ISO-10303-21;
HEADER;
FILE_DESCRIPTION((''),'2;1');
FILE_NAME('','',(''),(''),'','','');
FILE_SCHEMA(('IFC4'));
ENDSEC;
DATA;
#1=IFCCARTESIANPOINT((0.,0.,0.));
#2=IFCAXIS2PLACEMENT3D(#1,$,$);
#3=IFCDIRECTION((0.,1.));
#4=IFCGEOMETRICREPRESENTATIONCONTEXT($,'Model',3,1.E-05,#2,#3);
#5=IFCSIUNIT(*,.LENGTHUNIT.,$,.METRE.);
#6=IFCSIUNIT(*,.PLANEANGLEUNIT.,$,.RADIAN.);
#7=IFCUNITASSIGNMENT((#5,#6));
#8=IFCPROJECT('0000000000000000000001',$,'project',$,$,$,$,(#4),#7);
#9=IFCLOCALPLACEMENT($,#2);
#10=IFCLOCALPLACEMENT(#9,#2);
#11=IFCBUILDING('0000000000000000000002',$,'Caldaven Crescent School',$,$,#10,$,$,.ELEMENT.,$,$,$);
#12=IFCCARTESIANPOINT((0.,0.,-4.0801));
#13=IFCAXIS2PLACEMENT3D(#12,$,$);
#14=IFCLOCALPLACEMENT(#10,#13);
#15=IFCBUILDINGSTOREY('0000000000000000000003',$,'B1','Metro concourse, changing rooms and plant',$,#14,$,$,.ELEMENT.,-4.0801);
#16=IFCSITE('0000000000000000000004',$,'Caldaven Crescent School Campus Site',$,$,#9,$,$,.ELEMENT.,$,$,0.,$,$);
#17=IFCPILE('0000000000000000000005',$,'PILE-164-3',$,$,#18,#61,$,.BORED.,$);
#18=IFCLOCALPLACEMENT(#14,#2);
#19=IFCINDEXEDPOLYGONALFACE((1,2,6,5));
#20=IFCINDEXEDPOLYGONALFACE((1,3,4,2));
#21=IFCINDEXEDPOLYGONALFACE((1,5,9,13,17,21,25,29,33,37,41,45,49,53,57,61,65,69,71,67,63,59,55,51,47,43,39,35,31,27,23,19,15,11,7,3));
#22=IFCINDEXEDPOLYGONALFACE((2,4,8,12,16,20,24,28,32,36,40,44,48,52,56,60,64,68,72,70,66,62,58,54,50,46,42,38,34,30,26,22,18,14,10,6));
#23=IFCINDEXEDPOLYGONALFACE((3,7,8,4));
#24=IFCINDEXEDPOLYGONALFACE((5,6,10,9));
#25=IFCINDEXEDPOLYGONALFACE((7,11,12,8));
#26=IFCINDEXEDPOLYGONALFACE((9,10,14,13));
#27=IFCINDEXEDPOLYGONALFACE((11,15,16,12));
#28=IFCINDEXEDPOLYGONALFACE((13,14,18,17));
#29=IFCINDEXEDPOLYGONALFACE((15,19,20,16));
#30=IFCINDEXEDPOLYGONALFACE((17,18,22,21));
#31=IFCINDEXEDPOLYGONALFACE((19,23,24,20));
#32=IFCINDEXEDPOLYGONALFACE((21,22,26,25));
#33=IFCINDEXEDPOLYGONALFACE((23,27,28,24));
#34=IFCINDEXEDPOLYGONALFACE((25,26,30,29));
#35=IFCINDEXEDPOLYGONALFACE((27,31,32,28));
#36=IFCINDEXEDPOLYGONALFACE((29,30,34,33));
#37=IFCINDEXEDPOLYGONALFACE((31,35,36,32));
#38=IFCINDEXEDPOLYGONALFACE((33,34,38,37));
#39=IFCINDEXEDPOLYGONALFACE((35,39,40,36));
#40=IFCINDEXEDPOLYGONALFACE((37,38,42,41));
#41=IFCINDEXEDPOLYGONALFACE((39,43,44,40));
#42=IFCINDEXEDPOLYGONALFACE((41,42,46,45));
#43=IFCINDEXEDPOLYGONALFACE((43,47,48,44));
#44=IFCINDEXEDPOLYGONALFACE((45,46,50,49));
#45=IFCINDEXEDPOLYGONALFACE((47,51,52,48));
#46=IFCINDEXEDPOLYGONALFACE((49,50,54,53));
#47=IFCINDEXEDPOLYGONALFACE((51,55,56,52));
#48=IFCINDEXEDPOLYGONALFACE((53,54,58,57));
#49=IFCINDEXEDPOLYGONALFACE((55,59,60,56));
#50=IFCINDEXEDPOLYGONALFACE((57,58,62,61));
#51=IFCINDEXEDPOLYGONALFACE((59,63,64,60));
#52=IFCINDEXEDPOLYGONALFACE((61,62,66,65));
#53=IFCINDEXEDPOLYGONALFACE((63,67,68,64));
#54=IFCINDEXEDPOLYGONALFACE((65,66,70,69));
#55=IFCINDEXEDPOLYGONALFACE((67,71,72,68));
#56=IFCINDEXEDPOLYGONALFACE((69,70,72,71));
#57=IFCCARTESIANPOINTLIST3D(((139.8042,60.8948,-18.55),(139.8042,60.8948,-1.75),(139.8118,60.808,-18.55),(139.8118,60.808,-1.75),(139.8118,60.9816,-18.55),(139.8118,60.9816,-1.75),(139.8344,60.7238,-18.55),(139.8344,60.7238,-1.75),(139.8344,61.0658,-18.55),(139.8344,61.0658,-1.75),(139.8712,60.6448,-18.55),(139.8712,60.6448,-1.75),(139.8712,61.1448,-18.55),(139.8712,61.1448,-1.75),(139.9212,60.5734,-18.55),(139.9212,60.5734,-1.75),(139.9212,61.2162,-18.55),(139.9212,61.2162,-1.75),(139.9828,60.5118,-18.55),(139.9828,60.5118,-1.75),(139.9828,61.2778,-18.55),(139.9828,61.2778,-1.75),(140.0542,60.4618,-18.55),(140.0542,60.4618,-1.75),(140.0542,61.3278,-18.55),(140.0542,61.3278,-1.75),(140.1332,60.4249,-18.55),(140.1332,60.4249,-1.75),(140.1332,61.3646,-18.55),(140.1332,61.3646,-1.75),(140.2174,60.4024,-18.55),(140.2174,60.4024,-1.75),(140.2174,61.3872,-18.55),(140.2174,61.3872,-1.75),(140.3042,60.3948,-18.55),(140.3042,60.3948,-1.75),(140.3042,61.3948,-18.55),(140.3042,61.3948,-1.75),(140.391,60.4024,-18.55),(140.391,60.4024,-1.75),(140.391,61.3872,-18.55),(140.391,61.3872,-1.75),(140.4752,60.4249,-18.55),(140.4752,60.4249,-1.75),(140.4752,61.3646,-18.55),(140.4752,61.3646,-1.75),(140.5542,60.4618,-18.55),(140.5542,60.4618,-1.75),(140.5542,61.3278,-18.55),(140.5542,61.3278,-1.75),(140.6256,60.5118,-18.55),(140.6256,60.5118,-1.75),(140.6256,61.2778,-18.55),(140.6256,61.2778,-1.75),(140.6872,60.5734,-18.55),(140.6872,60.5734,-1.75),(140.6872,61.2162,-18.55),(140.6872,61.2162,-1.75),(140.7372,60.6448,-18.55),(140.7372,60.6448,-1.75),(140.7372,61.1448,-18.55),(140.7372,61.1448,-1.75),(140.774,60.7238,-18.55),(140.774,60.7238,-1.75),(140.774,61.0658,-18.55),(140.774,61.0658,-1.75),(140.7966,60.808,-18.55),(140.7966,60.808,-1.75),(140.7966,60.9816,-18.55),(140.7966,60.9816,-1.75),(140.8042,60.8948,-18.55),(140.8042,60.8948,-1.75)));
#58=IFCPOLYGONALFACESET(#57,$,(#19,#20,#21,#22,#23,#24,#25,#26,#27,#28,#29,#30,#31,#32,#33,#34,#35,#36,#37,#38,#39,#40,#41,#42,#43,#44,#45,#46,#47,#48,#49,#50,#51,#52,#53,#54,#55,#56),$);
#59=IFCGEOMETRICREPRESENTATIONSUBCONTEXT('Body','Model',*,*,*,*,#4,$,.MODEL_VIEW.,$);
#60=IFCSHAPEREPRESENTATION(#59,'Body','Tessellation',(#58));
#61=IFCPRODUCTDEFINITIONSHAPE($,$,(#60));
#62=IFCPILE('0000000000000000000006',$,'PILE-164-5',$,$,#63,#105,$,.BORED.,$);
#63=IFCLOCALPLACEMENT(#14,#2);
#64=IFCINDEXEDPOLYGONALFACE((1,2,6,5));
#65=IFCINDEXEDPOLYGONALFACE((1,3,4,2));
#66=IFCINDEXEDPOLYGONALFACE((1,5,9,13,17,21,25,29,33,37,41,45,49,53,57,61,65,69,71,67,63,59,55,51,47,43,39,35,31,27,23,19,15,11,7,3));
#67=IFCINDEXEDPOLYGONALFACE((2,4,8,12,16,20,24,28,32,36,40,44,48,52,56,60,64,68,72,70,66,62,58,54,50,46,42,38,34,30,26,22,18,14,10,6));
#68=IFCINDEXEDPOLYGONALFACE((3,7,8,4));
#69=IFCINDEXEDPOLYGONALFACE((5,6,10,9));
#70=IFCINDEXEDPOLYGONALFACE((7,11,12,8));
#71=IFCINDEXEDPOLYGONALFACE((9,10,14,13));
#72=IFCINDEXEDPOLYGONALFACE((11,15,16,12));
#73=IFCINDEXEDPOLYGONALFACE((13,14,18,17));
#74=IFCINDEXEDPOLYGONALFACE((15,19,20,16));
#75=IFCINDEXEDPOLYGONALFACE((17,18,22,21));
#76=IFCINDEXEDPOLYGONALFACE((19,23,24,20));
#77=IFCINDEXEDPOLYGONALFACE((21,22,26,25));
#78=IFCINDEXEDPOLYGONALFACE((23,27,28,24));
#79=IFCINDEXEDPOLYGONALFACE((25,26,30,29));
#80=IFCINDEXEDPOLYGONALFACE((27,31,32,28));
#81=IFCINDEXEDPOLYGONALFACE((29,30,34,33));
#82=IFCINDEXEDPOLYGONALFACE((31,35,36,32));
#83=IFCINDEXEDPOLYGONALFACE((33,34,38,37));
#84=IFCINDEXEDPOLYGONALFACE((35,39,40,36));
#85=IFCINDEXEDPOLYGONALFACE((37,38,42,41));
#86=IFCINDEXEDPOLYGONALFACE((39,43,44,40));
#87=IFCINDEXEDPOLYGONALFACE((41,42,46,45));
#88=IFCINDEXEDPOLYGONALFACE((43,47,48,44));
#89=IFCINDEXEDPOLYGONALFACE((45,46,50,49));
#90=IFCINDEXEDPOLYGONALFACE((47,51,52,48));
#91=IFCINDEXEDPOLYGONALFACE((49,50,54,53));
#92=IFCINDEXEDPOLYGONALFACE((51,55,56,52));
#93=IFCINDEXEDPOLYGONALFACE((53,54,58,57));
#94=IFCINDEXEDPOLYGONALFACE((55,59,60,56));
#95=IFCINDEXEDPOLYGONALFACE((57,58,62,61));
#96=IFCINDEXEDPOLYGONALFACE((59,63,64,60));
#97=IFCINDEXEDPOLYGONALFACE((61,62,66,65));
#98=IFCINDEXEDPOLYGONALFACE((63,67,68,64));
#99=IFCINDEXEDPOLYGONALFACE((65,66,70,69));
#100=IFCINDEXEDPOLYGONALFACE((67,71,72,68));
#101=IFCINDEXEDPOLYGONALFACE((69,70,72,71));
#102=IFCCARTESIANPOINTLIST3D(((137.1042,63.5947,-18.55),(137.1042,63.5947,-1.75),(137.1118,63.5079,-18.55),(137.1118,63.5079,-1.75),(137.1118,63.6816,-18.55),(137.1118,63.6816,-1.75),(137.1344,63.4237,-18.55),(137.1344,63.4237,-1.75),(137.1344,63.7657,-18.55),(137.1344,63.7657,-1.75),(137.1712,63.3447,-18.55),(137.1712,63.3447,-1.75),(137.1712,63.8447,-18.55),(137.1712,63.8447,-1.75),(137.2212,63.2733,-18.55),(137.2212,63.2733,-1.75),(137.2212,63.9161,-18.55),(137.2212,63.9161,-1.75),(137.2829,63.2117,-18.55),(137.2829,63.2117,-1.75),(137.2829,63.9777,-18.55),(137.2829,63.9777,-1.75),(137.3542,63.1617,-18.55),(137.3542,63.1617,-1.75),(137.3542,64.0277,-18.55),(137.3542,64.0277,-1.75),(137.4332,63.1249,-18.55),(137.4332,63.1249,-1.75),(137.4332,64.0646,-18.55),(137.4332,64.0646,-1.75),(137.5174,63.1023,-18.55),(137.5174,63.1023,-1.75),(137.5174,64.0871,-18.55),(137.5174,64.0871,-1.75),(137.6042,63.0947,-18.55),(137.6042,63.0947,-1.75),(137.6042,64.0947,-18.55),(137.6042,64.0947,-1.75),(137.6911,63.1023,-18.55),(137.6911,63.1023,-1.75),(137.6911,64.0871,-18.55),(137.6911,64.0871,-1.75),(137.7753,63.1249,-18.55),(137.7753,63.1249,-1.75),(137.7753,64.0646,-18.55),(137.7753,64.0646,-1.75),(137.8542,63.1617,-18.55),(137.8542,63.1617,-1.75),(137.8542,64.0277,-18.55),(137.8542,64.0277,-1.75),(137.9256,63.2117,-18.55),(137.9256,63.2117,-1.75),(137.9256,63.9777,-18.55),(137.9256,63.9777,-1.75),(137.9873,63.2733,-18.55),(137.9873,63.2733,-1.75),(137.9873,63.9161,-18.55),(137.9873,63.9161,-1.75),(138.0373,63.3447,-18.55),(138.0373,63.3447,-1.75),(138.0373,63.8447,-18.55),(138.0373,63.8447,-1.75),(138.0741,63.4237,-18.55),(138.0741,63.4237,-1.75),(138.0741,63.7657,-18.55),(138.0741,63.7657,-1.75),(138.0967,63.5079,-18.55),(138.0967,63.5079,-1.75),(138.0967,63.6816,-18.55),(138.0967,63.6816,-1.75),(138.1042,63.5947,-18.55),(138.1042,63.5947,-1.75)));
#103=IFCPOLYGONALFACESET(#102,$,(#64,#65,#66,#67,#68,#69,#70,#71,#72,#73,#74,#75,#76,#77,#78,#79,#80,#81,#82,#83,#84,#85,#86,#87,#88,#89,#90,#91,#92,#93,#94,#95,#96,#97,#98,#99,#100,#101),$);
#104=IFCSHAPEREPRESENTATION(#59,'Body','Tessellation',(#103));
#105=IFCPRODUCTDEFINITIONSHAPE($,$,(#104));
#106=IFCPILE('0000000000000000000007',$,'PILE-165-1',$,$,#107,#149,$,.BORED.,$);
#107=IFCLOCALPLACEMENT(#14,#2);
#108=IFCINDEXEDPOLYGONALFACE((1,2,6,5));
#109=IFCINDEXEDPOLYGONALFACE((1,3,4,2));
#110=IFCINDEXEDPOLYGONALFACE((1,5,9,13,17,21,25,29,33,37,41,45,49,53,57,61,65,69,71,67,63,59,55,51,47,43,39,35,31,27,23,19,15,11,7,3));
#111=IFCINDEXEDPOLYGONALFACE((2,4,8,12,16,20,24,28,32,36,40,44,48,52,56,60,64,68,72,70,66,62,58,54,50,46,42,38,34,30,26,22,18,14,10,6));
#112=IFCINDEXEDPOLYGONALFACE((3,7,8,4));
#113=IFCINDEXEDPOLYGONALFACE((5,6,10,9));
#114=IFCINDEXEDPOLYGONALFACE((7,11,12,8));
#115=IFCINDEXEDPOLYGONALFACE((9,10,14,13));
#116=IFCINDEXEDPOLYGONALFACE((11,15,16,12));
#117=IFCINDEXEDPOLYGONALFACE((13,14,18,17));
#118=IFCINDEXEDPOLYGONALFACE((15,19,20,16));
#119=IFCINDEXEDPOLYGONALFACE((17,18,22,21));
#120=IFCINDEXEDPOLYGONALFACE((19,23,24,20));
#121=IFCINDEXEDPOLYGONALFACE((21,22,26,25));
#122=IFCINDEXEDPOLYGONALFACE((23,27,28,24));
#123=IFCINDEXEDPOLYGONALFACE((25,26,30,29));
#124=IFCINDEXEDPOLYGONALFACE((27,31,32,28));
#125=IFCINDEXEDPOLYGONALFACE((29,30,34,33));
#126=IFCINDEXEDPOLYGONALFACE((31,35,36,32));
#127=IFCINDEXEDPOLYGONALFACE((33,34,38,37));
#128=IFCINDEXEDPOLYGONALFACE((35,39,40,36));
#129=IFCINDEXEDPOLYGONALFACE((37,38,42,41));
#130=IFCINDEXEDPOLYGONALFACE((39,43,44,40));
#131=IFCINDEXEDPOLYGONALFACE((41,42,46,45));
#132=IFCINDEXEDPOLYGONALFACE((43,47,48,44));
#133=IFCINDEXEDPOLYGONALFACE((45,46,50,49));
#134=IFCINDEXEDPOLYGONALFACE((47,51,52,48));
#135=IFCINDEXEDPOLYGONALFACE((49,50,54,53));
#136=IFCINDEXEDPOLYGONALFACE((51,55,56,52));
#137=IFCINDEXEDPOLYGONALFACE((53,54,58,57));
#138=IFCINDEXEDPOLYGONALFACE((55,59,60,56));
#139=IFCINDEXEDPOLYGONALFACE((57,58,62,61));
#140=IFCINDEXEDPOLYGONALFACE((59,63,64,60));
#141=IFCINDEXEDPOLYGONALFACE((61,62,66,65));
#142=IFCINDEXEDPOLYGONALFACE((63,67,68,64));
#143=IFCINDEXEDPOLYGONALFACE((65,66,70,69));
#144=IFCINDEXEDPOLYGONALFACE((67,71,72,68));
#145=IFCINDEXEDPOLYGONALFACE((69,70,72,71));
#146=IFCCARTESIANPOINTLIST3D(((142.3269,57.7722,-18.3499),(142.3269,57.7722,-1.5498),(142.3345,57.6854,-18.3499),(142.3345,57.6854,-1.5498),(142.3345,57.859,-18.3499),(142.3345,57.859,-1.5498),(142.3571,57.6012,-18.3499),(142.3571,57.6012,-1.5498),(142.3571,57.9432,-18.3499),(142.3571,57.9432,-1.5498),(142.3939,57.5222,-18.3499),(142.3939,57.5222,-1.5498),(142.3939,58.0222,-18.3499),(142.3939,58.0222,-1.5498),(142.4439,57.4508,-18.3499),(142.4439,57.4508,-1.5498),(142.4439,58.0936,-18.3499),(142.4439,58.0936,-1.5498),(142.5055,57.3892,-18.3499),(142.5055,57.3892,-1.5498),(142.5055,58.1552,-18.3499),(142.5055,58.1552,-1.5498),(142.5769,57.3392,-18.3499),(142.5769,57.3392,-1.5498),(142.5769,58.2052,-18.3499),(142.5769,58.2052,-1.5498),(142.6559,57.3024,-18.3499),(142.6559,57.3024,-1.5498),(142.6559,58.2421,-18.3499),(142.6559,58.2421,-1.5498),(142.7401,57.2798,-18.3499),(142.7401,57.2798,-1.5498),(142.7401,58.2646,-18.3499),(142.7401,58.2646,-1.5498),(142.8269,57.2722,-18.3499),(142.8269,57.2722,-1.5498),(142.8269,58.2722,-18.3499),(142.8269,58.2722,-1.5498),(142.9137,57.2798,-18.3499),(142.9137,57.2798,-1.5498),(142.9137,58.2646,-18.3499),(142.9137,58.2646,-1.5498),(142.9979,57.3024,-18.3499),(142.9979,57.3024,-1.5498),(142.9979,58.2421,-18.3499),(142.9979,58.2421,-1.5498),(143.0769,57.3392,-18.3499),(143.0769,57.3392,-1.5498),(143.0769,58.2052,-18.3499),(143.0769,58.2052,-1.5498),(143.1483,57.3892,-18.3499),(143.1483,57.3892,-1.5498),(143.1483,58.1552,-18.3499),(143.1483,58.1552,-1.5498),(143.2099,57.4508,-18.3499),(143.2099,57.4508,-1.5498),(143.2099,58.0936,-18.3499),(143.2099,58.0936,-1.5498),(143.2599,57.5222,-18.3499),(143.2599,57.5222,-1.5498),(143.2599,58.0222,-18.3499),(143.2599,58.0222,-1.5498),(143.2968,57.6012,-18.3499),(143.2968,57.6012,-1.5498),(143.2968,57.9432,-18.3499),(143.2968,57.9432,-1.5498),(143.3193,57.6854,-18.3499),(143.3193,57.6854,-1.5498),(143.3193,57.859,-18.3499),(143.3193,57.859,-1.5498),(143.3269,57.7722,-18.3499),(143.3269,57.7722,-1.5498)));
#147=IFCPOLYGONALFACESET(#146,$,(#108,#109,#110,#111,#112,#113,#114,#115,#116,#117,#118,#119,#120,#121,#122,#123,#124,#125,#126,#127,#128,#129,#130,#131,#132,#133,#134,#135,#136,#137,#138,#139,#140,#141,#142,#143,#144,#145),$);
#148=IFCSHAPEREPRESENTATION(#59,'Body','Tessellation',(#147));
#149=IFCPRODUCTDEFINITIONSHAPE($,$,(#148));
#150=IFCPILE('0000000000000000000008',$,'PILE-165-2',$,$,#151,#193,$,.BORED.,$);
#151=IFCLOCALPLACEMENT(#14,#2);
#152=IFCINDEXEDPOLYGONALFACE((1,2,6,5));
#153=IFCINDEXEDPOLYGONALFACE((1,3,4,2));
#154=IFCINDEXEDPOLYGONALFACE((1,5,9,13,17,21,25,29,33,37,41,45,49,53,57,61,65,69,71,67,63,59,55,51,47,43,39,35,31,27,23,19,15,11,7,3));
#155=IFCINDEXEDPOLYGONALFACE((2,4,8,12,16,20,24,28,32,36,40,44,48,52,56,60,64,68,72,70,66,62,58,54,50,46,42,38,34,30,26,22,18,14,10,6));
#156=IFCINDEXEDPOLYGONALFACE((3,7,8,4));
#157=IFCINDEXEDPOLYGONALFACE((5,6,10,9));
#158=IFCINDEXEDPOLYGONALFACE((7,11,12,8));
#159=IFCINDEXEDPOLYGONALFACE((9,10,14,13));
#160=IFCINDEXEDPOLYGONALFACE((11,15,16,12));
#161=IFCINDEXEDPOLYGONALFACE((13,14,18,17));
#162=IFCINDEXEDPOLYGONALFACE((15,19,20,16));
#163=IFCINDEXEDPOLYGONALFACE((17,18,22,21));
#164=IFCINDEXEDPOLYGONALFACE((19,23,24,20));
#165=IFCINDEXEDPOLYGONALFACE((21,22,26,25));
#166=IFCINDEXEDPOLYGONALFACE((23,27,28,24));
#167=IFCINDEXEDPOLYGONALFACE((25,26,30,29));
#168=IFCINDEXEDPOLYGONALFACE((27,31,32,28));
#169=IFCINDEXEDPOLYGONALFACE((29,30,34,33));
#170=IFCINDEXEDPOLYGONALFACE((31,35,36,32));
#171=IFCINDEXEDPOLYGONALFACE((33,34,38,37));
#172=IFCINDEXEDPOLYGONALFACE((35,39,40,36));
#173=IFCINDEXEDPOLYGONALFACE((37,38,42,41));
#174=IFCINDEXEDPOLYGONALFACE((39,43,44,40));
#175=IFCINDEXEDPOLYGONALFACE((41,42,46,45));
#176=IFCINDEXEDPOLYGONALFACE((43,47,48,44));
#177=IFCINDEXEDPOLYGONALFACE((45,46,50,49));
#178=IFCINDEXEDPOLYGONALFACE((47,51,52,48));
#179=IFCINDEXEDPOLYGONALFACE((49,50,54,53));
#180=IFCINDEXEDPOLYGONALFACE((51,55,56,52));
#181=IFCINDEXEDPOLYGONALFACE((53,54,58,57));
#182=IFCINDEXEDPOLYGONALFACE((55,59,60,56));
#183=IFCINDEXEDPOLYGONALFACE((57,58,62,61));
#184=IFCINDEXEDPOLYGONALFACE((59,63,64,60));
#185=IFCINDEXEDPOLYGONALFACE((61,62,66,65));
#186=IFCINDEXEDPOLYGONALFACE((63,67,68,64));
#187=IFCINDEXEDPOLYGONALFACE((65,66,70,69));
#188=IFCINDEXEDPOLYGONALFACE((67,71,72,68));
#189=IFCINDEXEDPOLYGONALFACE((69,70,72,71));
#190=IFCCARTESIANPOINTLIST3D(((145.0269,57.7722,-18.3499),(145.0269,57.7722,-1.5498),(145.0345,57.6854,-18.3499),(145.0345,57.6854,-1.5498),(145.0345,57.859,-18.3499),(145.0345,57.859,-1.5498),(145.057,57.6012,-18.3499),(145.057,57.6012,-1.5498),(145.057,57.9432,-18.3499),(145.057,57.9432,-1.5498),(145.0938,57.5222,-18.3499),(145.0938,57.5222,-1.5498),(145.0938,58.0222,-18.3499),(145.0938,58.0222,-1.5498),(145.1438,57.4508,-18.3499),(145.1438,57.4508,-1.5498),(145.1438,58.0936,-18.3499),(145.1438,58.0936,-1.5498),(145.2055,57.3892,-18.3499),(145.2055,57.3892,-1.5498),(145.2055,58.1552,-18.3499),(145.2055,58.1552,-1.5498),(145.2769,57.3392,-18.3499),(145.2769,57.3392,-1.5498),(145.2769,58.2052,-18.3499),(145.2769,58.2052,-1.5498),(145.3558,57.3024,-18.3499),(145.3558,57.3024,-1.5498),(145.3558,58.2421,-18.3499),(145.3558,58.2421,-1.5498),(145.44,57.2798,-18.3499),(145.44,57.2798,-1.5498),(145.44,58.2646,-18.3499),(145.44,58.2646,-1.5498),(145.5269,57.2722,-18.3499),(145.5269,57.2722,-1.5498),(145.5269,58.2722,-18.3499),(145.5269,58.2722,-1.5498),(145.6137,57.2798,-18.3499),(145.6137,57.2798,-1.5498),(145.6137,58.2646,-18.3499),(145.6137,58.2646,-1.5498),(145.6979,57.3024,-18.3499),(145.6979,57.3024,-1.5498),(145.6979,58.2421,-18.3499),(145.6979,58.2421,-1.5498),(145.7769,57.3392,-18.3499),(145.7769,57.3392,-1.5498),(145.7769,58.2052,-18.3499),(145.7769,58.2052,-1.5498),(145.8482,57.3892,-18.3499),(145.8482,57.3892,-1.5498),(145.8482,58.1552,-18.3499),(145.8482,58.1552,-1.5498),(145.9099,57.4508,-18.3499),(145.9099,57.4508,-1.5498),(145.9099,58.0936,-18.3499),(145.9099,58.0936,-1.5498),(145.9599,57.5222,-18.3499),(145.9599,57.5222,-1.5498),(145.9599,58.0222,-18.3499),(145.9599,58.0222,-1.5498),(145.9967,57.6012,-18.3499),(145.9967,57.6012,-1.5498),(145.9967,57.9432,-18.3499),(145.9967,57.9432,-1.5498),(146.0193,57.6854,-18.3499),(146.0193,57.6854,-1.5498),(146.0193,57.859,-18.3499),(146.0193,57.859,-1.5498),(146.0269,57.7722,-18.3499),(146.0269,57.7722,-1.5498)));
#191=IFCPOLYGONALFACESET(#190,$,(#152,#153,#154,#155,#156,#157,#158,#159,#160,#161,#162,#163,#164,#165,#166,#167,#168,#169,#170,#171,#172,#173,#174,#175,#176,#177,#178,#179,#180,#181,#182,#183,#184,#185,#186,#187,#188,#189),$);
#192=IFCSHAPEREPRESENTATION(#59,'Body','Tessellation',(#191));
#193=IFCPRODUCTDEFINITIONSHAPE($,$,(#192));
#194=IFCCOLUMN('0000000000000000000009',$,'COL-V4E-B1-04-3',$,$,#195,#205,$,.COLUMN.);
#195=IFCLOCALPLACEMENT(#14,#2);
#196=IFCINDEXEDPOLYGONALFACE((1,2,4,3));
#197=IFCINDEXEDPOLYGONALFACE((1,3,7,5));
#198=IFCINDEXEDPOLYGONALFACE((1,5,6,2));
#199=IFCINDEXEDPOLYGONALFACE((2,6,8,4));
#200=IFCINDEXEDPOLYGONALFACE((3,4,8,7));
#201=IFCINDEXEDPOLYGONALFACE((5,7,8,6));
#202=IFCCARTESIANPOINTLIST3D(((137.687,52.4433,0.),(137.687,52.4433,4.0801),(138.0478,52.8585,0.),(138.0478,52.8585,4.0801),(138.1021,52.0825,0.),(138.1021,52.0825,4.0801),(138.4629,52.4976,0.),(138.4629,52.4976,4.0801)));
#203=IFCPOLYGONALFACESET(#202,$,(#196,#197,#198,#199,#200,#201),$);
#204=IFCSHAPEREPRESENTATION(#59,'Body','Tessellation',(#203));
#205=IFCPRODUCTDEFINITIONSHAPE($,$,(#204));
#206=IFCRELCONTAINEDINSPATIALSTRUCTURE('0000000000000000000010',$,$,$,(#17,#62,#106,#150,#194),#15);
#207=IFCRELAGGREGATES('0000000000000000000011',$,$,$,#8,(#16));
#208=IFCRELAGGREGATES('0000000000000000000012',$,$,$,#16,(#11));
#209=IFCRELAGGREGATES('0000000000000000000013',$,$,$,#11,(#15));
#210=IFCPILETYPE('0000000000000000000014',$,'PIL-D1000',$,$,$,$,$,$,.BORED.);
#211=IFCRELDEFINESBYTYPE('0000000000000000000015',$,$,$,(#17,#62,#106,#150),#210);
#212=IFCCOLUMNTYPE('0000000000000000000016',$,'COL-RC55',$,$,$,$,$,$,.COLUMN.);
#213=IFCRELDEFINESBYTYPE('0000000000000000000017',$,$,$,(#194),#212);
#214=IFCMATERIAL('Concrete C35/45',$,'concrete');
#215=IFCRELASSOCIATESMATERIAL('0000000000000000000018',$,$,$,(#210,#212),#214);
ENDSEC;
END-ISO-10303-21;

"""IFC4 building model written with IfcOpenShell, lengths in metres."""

from ifc_helpers import new_model, si_unit, direction, frame, origin, origin_2d, place, context, subcontext, project, spatial, rectangle, circle, extrude, material, material_profile, profile_set, type_object, element, save


model = new_model("IFC4")

# Units and contexts
model_context = context("Model", 3, precision=1e-05, world=origin(), true_north=direction((0.0, 1.0)))
body_context = subcontext(model_context, "Body", "Model", "MODEL_VIEW")
ifc_project = project(units=[si_unit("LENGTHUNIT", "METRE"), si_unit("PLANEANGLEUNIT", "RADIAN")], contexts=[model_context])

# Site, building, storey
site_placement = place(None, origin())
site = spatial("IfcSite", under=ifc_project, at=site_placement, Name="Caldaven Crescent School Campus Site", CompositionType="ELEMENT", RefElevation=0.0)
building_placement = place(site_placement, origin())
building = spatial("IfcBuilding", under=site, at=building_placement, Name="Caldaven Crescent School", CompositionType="ELEMENT")
storey_placement = place(building_placement, frame((0.0, 0.0, -4.0801)))
storey = spatial("IfcBuildingStorey", under=building, at=storey_placement, Name="B1", Description="Metro concourse, changing rooms and plant", CompositionType="ELEMENT", Elevation=-4.0801)

# Shared definitions
ifc_material_1 = material(Name="Concrete C35/45", Category="concrete")

# Piles
ifc_material_profile_1 = material_profile(ifc_material_1, circle(Radius=0.5, at=origin_2d()), Name="PILE D1000")
ifc_profile_set_1 = profile_set([ifc_material_profile_1], Name="Concrete C35/45")
pile_type = type_object("IfcPileType", Name="PIL-D1000", PredefinedType="BORED", material=ifc_profile_set_1)
for number, where, z_axis, x_axis, name in (
    (1, (140.3042, 60.8948, -1.75), (0.0, 0.0, -1.0), (1.0, 0.0, 0.0), "PILE-164-3"),
    (2, (137.6042, 63.5947, -1.75), (0.0, 0.0, -1.0), (1.0, 0.0, 0.0), "PILE-164-5"),
    (3, (142.8269, 57.7722, -1.5498), (0.0, 0.0, -1.0), (1.0, 0.0, 0.0), "PILE-165-1"),
    (4, (145.5269, 57.7722, -1.5498), (0.0, 0.0, -1.0), (1.0, 0.0, 0.0), "PILE-165-2"),
):
    element("IfcPile", number, at=place(storey_placement, frame(where, z_axis=z_axis, x_axis=x_axis)), inside=storey, type_object=pile_type, Name=name, PredefinedType="BORED", context=body_context, shape_type="SweptSolid", body=[
        extrude(circle(Radius=0.5, at=origin_2d()), origin(), (0.0, 0.0, 1.0), 16.8),
    ])

# Column
ifc_material_profile_2 = material_profile(ifc_material_1, rectangle(XDim=0.55, YDim=0.55, at=origin_2d()), Name="RC 550x550")
ifc_profile_set_2 = profile_set([ifc_material_profile_2], Name="Concrete C35/45")
column_type = type_object("IfcColumnType", Name="COL-RC55", PredefinedType="COLUMN", material=ifc_profile_set_2)
for number, where, z_axis, x_axis, name in (
    (5, (138.075, 52.4705, 0.0), (0.0, 0.0, 1.0), (0.75471, -0.656059, 0.0), "COL-V4E-B1-04-3"),
):
    element("IfcColumn", number, at=place(storey_placement, frame(where, z_axis=z_axis, x_axis=x_axis)), inside=storey, type_object=column_type, Name=name, PredefinedType="COLUMN", context=body_context, shape_type="SweptSolid", body=[
        extrude(rectangle(XDim=0.55, YDim=0.55, at=origin_2d()), origin(), (0.0, 0.0, 1.0), 4.0801),
    ])

save(model, "model.ifc")
